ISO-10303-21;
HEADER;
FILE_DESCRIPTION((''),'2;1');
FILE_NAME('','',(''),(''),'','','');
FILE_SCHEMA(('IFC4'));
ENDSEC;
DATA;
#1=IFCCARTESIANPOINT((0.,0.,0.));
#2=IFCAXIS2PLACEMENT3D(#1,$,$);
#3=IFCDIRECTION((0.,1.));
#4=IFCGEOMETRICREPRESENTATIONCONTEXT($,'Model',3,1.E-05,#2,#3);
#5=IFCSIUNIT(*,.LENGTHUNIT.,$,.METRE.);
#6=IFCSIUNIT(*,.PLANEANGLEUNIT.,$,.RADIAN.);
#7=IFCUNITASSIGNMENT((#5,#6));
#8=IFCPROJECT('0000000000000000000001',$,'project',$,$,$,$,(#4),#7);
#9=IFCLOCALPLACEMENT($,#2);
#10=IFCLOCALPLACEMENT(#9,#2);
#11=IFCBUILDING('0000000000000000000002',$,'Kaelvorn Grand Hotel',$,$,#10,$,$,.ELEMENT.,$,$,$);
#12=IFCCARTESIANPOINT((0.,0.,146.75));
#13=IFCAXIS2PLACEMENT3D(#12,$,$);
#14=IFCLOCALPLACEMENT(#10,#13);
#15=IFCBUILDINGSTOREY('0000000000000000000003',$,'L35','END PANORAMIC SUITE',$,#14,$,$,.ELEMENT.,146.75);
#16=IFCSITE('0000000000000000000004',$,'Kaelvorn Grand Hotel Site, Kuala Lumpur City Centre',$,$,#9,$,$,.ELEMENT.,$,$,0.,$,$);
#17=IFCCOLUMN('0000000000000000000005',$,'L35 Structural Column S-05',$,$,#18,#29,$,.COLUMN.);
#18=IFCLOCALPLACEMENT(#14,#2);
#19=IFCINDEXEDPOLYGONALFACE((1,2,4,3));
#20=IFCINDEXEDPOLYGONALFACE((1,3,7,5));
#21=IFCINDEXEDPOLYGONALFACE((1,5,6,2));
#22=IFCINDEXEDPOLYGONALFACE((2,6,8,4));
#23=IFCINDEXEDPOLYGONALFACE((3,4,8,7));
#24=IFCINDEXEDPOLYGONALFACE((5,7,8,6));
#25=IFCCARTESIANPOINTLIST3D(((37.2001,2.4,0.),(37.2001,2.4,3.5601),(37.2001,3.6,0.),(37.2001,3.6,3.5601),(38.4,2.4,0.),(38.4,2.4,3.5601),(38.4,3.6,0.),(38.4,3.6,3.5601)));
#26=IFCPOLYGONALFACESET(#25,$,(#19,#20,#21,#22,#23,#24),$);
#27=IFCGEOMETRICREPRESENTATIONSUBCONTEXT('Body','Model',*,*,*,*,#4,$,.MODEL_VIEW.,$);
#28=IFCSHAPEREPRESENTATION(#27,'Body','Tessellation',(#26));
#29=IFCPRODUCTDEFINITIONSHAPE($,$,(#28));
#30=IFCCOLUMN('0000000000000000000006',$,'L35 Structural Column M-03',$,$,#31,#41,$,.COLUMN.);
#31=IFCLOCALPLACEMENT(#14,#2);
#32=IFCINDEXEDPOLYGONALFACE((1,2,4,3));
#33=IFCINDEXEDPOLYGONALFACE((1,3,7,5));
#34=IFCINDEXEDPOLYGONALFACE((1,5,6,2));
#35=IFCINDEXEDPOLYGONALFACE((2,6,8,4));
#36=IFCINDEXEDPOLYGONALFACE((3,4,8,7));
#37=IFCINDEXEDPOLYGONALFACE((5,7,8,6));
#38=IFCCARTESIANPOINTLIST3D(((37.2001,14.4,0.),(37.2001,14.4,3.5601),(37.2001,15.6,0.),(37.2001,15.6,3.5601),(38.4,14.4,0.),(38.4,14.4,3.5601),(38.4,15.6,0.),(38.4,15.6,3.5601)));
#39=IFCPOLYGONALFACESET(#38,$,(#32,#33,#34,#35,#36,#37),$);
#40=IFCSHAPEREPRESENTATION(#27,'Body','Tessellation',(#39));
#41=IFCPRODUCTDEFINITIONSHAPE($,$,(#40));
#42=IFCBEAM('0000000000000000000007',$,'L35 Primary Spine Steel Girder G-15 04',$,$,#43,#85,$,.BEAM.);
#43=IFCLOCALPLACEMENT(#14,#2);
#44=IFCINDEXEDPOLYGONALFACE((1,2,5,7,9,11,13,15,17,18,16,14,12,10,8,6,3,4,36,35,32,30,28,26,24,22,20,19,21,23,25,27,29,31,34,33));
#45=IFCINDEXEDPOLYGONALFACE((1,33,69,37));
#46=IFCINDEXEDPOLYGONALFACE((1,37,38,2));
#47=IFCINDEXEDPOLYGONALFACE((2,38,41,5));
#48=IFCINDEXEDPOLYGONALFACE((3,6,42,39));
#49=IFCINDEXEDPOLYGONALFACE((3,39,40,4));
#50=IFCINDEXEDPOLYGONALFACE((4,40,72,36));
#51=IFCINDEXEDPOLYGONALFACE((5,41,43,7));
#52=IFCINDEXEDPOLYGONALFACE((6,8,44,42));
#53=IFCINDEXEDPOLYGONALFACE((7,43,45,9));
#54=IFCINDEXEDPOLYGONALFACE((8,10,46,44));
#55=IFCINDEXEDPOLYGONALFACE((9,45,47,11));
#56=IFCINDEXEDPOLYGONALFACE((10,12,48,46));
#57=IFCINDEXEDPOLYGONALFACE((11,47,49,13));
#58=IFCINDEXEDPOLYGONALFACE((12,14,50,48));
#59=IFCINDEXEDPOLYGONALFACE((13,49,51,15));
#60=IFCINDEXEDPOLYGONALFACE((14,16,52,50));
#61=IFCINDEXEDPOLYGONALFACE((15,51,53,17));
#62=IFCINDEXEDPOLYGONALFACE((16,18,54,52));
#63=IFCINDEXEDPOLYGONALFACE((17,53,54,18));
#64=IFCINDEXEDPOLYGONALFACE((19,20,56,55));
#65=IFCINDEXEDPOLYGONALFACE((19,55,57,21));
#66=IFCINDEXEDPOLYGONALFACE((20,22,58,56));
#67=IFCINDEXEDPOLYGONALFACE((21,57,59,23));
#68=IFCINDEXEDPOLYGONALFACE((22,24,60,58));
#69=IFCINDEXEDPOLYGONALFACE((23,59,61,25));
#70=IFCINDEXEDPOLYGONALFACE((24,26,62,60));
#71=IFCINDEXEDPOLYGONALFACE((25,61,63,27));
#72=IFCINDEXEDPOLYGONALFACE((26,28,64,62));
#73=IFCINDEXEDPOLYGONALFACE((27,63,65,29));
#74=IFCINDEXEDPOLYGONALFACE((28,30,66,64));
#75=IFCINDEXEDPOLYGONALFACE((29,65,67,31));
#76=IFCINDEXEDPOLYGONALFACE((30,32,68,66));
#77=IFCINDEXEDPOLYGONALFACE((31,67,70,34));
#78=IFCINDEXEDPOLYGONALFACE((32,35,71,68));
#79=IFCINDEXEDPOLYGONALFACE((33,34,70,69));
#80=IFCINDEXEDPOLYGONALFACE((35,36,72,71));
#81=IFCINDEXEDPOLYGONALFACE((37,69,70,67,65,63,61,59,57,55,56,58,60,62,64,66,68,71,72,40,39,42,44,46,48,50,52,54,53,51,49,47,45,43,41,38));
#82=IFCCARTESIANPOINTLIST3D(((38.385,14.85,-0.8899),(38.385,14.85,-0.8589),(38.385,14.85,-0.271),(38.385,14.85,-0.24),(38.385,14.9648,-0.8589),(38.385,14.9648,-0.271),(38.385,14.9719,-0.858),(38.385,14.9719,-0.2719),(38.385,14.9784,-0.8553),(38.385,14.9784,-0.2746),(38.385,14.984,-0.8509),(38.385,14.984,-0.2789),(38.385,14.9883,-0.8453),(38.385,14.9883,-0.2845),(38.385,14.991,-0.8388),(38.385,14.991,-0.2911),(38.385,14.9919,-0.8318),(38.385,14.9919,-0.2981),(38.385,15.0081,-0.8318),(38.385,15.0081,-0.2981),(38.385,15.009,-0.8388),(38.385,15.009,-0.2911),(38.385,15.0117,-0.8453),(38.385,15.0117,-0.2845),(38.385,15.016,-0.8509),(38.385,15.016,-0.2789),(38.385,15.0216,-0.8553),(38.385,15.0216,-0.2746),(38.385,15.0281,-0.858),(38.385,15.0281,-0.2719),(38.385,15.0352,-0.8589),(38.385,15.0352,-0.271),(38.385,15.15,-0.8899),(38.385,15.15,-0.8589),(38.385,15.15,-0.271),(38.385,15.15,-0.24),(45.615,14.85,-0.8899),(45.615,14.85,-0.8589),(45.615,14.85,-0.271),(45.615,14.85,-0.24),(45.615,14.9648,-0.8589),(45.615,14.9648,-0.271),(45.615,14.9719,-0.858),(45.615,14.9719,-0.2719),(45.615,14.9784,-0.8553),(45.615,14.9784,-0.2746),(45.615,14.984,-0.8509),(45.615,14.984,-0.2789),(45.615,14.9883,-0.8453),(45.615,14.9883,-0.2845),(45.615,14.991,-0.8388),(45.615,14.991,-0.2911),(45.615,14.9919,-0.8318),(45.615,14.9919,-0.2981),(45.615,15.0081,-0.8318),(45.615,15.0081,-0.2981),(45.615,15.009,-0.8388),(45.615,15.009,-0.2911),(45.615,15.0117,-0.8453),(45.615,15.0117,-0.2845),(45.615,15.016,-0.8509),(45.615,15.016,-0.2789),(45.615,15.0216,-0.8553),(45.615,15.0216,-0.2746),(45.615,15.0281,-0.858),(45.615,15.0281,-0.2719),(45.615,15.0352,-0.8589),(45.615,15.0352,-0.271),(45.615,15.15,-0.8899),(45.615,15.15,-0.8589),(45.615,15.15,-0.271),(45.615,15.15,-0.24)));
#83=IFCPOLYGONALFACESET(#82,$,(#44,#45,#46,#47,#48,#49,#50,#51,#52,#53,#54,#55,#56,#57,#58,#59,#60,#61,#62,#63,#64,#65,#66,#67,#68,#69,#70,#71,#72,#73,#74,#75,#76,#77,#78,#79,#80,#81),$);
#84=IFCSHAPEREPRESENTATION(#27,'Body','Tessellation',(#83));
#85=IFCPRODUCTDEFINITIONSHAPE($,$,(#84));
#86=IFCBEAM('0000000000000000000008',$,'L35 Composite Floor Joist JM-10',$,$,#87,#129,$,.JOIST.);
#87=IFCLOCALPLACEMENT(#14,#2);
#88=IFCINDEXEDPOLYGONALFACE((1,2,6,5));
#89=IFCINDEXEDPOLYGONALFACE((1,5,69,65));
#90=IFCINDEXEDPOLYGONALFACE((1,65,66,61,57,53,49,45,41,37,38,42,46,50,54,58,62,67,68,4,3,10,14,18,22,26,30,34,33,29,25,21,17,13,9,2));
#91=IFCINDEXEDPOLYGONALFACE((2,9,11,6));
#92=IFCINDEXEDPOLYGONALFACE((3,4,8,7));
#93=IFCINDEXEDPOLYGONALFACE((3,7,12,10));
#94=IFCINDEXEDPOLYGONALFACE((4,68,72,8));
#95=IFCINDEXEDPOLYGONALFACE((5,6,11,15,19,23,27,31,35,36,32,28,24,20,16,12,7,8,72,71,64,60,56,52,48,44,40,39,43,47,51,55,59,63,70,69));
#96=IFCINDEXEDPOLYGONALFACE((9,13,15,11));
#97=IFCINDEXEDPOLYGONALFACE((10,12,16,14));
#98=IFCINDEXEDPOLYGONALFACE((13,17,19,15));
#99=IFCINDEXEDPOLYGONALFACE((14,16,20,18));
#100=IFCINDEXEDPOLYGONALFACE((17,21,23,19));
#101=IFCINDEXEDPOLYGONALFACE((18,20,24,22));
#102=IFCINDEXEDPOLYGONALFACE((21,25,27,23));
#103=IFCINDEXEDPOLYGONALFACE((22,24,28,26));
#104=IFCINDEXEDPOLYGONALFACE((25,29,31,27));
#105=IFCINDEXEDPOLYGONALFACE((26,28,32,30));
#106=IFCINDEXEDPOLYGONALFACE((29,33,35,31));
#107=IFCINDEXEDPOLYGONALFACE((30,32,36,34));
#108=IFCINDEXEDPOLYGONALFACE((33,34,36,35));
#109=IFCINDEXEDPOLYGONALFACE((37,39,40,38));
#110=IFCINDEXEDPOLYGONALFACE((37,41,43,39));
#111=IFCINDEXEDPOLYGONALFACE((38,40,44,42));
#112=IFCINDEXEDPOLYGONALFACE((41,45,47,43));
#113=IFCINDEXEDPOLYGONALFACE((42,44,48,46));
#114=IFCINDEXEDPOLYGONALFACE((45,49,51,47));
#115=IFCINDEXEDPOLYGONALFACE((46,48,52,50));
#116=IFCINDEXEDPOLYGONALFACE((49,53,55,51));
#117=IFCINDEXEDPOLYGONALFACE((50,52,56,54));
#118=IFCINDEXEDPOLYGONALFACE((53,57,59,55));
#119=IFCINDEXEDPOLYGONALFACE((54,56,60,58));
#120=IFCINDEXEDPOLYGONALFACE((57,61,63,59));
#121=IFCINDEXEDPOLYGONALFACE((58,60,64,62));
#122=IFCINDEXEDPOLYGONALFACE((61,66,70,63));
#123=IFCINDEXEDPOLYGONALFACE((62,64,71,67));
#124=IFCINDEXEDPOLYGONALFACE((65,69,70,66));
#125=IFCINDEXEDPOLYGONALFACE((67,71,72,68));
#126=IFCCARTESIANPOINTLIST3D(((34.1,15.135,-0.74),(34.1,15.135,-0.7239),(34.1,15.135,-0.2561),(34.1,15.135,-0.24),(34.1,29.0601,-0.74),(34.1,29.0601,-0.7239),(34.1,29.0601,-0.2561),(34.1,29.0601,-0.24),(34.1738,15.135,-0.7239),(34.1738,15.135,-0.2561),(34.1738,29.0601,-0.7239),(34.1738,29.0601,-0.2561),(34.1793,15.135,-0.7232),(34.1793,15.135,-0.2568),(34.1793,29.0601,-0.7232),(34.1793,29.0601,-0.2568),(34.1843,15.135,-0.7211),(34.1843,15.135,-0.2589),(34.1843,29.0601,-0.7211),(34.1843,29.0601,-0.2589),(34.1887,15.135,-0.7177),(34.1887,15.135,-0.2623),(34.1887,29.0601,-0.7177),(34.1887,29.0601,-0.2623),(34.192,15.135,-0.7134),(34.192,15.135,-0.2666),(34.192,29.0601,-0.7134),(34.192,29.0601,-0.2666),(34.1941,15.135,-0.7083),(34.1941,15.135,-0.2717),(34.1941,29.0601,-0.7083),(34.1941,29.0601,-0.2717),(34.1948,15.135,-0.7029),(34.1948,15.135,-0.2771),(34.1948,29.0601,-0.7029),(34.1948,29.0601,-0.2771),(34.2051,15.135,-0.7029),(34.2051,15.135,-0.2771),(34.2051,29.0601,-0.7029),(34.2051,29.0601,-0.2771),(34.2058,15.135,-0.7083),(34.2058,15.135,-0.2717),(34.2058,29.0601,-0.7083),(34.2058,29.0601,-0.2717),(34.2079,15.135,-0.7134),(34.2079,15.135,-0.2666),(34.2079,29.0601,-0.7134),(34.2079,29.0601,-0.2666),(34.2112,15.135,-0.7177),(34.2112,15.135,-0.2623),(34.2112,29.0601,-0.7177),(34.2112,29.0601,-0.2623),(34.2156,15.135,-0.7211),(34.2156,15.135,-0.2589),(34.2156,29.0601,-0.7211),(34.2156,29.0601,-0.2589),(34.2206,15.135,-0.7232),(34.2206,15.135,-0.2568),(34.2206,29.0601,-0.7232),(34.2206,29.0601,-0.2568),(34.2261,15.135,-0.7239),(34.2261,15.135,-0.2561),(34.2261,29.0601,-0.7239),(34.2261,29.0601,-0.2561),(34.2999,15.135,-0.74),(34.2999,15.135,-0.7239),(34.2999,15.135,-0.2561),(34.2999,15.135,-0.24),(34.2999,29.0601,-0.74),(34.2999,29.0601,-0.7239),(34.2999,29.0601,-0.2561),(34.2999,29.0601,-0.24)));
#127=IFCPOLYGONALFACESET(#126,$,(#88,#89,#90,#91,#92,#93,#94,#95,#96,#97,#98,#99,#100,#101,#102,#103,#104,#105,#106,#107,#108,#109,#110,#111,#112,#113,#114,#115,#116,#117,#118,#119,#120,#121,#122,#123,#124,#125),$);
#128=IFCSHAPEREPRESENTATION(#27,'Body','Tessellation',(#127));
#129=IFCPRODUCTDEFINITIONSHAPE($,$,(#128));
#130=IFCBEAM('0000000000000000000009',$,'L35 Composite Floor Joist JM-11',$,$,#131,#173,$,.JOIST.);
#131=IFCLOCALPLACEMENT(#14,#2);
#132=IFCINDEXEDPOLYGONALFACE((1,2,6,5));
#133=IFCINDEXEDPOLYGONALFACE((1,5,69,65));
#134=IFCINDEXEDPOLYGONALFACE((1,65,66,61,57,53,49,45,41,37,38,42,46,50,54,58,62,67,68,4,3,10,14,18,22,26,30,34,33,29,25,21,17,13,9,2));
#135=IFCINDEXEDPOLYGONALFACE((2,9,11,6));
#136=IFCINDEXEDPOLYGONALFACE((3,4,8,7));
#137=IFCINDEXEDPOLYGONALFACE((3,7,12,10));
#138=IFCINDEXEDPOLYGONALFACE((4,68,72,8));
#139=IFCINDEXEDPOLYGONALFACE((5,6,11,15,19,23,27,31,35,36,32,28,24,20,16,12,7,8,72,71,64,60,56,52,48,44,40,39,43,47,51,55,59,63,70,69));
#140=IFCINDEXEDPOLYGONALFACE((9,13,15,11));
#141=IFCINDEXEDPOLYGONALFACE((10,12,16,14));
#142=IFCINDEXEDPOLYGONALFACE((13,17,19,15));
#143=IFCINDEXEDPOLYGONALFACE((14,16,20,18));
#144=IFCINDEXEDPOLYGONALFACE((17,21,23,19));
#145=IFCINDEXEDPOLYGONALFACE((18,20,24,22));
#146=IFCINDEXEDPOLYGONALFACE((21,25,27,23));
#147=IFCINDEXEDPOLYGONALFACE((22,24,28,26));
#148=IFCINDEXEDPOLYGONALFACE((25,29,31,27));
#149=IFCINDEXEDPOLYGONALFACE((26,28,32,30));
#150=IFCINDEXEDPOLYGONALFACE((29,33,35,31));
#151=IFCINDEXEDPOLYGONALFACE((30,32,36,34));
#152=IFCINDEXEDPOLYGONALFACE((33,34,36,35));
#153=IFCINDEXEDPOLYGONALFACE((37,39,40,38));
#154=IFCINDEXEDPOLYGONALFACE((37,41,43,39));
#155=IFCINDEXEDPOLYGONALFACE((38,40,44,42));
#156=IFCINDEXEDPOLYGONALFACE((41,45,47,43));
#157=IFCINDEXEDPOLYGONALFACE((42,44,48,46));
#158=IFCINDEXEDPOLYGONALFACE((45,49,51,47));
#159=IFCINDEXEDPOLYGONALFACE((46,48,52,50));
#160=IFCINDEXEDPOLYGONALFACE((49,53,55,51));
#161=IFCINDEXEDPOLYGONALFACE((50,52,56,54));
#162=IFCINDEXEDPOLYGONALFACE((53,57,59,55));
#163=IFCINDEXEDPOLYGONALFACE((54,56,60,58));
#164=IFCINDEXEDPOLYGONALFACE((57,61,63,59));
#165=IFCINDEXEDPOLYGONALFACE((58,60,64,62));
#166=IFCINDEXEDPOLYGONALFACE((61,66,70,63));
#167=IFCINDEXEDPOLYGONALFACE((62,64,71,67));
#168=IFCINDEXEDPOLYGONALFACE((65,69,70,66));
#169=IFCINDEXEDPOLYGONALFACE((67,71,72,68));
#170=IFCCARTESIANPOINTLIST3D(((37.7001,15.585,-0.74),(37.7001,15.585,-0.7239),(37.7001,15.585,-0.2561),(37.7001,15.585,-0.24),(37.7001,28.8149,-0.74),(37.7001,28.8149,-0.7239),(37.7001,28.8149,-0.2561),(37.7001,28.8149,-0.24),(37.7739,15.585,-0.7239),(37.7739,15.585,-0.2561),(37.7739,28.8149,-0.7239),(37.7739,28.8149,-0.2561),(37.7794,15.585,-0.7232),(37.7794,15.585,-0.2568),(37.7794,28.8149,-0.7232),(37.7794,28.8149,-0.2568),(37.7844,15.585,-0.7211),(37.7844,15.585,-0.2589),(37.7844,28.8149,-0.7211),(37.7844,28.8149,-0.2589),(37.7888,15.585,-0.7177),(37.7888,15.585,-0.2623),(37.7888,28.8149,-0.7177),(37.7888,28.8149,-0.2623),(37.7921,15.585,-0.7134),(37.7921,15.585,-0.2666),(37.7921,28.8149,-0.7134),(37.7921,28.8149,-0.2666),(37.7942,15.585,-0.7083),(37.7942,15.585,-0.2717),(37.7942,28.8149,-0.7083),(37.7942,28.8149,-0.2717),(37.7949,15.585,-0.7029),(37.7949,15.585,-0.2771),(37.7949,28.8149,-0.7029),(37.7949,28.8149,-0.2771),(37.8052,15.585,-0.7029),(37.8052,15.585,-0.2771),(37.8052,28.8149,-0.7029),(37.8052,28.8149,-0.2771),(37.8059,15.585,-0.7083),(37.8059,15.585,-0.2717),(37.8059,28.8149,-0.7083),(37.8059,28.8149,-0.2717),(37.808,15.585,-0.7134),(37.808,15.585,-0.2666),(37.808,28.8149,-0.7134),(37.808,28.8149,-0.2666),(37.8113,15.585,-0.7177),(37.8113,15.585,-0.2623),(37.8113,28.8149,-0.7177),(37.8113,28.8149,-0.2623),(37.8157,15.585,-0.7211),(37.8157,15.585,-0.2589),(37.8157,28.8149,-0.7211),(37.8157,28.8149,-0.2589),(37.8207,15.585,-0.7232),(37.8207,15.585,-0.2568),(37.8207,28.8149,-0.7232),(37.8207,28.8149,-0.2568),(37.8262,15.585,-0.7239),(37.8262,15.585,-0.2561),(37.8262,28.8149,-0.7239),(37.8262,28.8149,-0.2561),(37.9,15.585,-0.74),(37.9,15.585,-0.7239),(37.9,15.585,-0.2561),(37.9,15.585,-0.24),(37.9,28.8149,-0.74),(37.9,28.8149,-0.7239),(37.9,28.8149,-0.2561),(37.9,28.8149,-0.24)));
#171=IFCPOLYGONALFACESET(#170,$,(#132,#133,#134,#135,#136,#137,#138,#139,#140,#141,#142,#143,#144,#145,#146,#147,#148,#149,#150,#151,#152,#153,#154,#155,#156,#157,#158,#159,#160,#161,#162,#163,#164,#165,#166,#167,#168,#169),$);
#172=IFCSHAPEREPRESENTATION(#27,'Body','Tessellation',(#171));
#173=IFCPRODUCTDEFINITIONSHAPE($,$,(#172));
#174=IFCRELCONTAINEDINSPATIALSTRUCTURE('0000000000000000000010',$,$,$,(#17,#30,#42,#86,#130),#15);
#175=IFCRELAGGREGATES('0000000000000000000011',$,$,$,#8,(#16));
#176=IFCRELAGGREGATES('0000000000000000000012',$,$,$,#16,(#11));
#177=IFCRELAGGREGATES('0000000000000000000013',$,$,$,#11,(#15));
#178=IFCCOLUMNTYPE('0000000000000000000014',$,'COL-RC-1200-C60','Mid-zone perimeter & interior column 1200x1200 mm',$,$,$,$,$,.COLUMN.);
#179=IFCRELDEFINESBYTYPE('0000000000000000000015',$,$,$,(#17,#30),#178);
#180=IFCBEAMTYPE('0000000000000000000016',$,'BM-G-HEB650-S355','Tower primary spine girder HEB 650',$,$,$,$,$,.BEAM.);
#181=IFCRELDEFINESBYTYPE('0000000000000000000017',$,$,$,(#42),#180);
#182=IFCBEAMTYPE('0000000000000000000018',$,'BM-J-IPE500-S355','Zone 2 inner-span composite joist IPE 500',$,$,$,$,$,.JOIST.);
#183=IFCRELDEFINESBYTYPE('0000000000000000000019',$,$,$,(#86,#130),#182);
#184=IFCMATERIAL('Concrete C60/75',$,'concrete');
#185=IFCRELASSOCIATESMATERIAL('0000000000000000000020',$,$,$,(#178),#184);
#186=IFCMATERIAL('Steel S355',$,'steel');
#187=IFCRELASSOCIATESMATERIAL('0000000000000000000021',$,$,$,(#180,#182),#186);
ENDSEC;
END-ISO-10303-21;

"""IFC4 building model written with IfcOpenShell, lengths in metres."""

from ifc_helpers import new_model, si_unit, direction, frame, origin, origin_2d, place, context, subcontext, project, spatial, rectangle, i_section, extrude, material, material_profile, profile_set, type_object, element, save


model = new_model("IFC4")

# Units and contexts
model_context = context("Model", 3, precision=1e-05, world=origin(), true_north=direction((0.0, 1.0)))
body_context = subcontext(model_context, "Body", "Model", "MODEL_VIEW")
ifc_project = project(units=[si_unit("LENGTHUNIT", "METRE"), si_unit("PLANEANGLEUNIT", "RADIAN")], contexts=[model_context])

# Site, building, storey
site_placement = place(None, origin())
site = spatial("IfcSite", under=ifc_project, at=site_placement, Name="Kaelvorn Grand Hotel Site, Kuala Lumpur City Centre", CompositionType="ELEMENT", RefElevation=0.0)
building_placement = place(site_placement, origin())
building = spatial("IfcBuilding", under=site, at=building_placement, Name="Kaelvorn Grand Hotel", CompositionType="ELEMENT")
storey_placement = place(building_placement, frame((0.0, 0.0, 146.75)))
storey = spatial("IfcBuildingStorey", under=building, at=storey_placement, Name="L35", Description="END PANORAMIC SUITE", CompositionType="ELEMENT", Elevation=146.75)

# Columns
ifc_material_1 = material(Name="Concrete C60/75", Category="concrete")
ifc_material_profile_1 = material_profile(ifc_material_1, rectangle(XDim=1.2, YDim=1.2, at=origin_2d()), Name="RC COL 1200x1200")
ifc_profile_set_1 = profile_set([ifc_material_profile_1], Name="Concrete C60/75")
column_type = type_object("IfcColumnType", Name="COL-RC-1200-C60", Description="Mid-zone perimeter & interior column 1200x1200 mm", PredefinedType="COLUMN", material=ifc_profile_set_1)
for number, where, z_axis, x_axis, name in (
    (1, (37.8, 3.0, 0.0), (0.0, 0.0, 1.0), (1.0, 0.0, 0.0), "L35 Structural Column S-05"),
    (2, (37.8, 15.0, 0.0), (0.0, 0.0, 1.0), (1.0, 0.0, 0.0), "L35 Structural Column M-03"),
):
    element("IfcColumn", number, at=place(storey_placement, frame(where, z_axis=z_axis, x_axis=x_axis)), inside=storey, type_object=column_type, Name=name, PredefinedType="COLUMN", context=body_context, shape_type="SweptSolid", body=[
        extrude(rectangle(XDim=1.2, YDim=1.2, at=origin_2d()), origin(), (0.0, 0.0, 1.0), 3.5601),
    ])

# Beams
ifc_material_2 = material(Name="Steel S355", Category="steel")
ifc_material_profile_2 = material_profile(ifc_material_2, i_section(OverallWidth=0.3, OverallDepth=0.6499, WebThickness=0.0161, FlangeThickness=0.031, FilletRadius=0.0271, at=origin_2d()), Name="HEB 650")
ifc_profile_set_2 = profile_set([ifc_material_profile_2], Name="Steel S355")
beam_type_1 = type_object("IfcBeamType", Name="BM-G-HEB650-S355", Description="Tower primary spine girder HEB 650", PredefinedType="BEAM", material=ifc_profile_set_2)
beam_1_placement = place(storey_placement, frame((38.385, 15.0, -0.5649), z_axis=(1.0, 0.0, 0.0), x_axis=(0.0, 1.0, 0.0)))
element("IfcBeam", 3, at=beam_1_placement, inside=storey, type_object=beam_type_1, Name="L35 Primary Spine Steel Girder G-15 04", PredefinedType="BEAM", context=body_context, shape_type="SweptSolid", body=[
    extrude(i_section(OverallWidth=0.3, OverallDepth=0.6499, WebThickness=0.0161, FlangeThickness=0.031, FilletRadius=0.0271, at=origin_2d()), origin(), (0.0, 0.0, 1.0), 7.23),
])
ifc_material_profile_3 = material_profile(ifc_material_2, i_section(OverallWidth=0.2, OverallDepth=0.5, WebThickness=0.0103, FlangeThickness=0.0161, FilletRadius=0.021, at=origin_2d()), Name="IPE 500")
ifc_profile_set_3 = profile_set([ifc_material_profile_3], Name="Steel S355")
beam_type_2 = type_object("IfcBeamType", Name="BM-J-IPE500-S355", Description="Zone 2 inner-span composite joist IPE 500", PredefinedType="JOIST", material=ifc_profile_set_3)
beam_2_placement = place(storey_placement, frame((34.2, 15.135, -0.49), z_axis=(0.0, 1.0, 0.0), x_axis=(-1.0, 0.0, 0.0)))
element("IfcBeam", 4, at=beam_2_placement, inside=storey, type_object=beam_type_2, Name="L35 Composite Floor Joist JM-10", PredefinedType="JOIST", context=body_context, shape_type="SweptSolid", body=[
    extrude(i_section(OverallWidth=0.2, OverallDepth=0.5, WebThickness=0.0103, FlangeThickness=0.0161, FilletRadius=0.021, at=origin_2d()), origin(), (0.0, 0.0, 1.0), 13.925),
])
beam_3_placement = place(storey_placement, frame((37.8, 15.585, -0.49), z_axis=(0.0, 1.0, 0.0), x_axis=(-1.0, 0.0, 0.0)))
element("IfcBeam", 5, at=beam_3_placement, inside=storey, type_object=beam_type_2, Name="L35 Composite Floor Joist JM-11", PredefinedType="JOIST", context=body_context, shape_type="SweptSolid", body=[
    extrude(i_section(OverallWidth=0.2, OverallDepth=0.5, WebThickness=0.0103, FlangeThickness=0.0161, FilletRadius=0.021, at=origin_2d()), origin(), (0.0, 0.0, 1.0), 13.23),
])

save(model, "model.ifc")
